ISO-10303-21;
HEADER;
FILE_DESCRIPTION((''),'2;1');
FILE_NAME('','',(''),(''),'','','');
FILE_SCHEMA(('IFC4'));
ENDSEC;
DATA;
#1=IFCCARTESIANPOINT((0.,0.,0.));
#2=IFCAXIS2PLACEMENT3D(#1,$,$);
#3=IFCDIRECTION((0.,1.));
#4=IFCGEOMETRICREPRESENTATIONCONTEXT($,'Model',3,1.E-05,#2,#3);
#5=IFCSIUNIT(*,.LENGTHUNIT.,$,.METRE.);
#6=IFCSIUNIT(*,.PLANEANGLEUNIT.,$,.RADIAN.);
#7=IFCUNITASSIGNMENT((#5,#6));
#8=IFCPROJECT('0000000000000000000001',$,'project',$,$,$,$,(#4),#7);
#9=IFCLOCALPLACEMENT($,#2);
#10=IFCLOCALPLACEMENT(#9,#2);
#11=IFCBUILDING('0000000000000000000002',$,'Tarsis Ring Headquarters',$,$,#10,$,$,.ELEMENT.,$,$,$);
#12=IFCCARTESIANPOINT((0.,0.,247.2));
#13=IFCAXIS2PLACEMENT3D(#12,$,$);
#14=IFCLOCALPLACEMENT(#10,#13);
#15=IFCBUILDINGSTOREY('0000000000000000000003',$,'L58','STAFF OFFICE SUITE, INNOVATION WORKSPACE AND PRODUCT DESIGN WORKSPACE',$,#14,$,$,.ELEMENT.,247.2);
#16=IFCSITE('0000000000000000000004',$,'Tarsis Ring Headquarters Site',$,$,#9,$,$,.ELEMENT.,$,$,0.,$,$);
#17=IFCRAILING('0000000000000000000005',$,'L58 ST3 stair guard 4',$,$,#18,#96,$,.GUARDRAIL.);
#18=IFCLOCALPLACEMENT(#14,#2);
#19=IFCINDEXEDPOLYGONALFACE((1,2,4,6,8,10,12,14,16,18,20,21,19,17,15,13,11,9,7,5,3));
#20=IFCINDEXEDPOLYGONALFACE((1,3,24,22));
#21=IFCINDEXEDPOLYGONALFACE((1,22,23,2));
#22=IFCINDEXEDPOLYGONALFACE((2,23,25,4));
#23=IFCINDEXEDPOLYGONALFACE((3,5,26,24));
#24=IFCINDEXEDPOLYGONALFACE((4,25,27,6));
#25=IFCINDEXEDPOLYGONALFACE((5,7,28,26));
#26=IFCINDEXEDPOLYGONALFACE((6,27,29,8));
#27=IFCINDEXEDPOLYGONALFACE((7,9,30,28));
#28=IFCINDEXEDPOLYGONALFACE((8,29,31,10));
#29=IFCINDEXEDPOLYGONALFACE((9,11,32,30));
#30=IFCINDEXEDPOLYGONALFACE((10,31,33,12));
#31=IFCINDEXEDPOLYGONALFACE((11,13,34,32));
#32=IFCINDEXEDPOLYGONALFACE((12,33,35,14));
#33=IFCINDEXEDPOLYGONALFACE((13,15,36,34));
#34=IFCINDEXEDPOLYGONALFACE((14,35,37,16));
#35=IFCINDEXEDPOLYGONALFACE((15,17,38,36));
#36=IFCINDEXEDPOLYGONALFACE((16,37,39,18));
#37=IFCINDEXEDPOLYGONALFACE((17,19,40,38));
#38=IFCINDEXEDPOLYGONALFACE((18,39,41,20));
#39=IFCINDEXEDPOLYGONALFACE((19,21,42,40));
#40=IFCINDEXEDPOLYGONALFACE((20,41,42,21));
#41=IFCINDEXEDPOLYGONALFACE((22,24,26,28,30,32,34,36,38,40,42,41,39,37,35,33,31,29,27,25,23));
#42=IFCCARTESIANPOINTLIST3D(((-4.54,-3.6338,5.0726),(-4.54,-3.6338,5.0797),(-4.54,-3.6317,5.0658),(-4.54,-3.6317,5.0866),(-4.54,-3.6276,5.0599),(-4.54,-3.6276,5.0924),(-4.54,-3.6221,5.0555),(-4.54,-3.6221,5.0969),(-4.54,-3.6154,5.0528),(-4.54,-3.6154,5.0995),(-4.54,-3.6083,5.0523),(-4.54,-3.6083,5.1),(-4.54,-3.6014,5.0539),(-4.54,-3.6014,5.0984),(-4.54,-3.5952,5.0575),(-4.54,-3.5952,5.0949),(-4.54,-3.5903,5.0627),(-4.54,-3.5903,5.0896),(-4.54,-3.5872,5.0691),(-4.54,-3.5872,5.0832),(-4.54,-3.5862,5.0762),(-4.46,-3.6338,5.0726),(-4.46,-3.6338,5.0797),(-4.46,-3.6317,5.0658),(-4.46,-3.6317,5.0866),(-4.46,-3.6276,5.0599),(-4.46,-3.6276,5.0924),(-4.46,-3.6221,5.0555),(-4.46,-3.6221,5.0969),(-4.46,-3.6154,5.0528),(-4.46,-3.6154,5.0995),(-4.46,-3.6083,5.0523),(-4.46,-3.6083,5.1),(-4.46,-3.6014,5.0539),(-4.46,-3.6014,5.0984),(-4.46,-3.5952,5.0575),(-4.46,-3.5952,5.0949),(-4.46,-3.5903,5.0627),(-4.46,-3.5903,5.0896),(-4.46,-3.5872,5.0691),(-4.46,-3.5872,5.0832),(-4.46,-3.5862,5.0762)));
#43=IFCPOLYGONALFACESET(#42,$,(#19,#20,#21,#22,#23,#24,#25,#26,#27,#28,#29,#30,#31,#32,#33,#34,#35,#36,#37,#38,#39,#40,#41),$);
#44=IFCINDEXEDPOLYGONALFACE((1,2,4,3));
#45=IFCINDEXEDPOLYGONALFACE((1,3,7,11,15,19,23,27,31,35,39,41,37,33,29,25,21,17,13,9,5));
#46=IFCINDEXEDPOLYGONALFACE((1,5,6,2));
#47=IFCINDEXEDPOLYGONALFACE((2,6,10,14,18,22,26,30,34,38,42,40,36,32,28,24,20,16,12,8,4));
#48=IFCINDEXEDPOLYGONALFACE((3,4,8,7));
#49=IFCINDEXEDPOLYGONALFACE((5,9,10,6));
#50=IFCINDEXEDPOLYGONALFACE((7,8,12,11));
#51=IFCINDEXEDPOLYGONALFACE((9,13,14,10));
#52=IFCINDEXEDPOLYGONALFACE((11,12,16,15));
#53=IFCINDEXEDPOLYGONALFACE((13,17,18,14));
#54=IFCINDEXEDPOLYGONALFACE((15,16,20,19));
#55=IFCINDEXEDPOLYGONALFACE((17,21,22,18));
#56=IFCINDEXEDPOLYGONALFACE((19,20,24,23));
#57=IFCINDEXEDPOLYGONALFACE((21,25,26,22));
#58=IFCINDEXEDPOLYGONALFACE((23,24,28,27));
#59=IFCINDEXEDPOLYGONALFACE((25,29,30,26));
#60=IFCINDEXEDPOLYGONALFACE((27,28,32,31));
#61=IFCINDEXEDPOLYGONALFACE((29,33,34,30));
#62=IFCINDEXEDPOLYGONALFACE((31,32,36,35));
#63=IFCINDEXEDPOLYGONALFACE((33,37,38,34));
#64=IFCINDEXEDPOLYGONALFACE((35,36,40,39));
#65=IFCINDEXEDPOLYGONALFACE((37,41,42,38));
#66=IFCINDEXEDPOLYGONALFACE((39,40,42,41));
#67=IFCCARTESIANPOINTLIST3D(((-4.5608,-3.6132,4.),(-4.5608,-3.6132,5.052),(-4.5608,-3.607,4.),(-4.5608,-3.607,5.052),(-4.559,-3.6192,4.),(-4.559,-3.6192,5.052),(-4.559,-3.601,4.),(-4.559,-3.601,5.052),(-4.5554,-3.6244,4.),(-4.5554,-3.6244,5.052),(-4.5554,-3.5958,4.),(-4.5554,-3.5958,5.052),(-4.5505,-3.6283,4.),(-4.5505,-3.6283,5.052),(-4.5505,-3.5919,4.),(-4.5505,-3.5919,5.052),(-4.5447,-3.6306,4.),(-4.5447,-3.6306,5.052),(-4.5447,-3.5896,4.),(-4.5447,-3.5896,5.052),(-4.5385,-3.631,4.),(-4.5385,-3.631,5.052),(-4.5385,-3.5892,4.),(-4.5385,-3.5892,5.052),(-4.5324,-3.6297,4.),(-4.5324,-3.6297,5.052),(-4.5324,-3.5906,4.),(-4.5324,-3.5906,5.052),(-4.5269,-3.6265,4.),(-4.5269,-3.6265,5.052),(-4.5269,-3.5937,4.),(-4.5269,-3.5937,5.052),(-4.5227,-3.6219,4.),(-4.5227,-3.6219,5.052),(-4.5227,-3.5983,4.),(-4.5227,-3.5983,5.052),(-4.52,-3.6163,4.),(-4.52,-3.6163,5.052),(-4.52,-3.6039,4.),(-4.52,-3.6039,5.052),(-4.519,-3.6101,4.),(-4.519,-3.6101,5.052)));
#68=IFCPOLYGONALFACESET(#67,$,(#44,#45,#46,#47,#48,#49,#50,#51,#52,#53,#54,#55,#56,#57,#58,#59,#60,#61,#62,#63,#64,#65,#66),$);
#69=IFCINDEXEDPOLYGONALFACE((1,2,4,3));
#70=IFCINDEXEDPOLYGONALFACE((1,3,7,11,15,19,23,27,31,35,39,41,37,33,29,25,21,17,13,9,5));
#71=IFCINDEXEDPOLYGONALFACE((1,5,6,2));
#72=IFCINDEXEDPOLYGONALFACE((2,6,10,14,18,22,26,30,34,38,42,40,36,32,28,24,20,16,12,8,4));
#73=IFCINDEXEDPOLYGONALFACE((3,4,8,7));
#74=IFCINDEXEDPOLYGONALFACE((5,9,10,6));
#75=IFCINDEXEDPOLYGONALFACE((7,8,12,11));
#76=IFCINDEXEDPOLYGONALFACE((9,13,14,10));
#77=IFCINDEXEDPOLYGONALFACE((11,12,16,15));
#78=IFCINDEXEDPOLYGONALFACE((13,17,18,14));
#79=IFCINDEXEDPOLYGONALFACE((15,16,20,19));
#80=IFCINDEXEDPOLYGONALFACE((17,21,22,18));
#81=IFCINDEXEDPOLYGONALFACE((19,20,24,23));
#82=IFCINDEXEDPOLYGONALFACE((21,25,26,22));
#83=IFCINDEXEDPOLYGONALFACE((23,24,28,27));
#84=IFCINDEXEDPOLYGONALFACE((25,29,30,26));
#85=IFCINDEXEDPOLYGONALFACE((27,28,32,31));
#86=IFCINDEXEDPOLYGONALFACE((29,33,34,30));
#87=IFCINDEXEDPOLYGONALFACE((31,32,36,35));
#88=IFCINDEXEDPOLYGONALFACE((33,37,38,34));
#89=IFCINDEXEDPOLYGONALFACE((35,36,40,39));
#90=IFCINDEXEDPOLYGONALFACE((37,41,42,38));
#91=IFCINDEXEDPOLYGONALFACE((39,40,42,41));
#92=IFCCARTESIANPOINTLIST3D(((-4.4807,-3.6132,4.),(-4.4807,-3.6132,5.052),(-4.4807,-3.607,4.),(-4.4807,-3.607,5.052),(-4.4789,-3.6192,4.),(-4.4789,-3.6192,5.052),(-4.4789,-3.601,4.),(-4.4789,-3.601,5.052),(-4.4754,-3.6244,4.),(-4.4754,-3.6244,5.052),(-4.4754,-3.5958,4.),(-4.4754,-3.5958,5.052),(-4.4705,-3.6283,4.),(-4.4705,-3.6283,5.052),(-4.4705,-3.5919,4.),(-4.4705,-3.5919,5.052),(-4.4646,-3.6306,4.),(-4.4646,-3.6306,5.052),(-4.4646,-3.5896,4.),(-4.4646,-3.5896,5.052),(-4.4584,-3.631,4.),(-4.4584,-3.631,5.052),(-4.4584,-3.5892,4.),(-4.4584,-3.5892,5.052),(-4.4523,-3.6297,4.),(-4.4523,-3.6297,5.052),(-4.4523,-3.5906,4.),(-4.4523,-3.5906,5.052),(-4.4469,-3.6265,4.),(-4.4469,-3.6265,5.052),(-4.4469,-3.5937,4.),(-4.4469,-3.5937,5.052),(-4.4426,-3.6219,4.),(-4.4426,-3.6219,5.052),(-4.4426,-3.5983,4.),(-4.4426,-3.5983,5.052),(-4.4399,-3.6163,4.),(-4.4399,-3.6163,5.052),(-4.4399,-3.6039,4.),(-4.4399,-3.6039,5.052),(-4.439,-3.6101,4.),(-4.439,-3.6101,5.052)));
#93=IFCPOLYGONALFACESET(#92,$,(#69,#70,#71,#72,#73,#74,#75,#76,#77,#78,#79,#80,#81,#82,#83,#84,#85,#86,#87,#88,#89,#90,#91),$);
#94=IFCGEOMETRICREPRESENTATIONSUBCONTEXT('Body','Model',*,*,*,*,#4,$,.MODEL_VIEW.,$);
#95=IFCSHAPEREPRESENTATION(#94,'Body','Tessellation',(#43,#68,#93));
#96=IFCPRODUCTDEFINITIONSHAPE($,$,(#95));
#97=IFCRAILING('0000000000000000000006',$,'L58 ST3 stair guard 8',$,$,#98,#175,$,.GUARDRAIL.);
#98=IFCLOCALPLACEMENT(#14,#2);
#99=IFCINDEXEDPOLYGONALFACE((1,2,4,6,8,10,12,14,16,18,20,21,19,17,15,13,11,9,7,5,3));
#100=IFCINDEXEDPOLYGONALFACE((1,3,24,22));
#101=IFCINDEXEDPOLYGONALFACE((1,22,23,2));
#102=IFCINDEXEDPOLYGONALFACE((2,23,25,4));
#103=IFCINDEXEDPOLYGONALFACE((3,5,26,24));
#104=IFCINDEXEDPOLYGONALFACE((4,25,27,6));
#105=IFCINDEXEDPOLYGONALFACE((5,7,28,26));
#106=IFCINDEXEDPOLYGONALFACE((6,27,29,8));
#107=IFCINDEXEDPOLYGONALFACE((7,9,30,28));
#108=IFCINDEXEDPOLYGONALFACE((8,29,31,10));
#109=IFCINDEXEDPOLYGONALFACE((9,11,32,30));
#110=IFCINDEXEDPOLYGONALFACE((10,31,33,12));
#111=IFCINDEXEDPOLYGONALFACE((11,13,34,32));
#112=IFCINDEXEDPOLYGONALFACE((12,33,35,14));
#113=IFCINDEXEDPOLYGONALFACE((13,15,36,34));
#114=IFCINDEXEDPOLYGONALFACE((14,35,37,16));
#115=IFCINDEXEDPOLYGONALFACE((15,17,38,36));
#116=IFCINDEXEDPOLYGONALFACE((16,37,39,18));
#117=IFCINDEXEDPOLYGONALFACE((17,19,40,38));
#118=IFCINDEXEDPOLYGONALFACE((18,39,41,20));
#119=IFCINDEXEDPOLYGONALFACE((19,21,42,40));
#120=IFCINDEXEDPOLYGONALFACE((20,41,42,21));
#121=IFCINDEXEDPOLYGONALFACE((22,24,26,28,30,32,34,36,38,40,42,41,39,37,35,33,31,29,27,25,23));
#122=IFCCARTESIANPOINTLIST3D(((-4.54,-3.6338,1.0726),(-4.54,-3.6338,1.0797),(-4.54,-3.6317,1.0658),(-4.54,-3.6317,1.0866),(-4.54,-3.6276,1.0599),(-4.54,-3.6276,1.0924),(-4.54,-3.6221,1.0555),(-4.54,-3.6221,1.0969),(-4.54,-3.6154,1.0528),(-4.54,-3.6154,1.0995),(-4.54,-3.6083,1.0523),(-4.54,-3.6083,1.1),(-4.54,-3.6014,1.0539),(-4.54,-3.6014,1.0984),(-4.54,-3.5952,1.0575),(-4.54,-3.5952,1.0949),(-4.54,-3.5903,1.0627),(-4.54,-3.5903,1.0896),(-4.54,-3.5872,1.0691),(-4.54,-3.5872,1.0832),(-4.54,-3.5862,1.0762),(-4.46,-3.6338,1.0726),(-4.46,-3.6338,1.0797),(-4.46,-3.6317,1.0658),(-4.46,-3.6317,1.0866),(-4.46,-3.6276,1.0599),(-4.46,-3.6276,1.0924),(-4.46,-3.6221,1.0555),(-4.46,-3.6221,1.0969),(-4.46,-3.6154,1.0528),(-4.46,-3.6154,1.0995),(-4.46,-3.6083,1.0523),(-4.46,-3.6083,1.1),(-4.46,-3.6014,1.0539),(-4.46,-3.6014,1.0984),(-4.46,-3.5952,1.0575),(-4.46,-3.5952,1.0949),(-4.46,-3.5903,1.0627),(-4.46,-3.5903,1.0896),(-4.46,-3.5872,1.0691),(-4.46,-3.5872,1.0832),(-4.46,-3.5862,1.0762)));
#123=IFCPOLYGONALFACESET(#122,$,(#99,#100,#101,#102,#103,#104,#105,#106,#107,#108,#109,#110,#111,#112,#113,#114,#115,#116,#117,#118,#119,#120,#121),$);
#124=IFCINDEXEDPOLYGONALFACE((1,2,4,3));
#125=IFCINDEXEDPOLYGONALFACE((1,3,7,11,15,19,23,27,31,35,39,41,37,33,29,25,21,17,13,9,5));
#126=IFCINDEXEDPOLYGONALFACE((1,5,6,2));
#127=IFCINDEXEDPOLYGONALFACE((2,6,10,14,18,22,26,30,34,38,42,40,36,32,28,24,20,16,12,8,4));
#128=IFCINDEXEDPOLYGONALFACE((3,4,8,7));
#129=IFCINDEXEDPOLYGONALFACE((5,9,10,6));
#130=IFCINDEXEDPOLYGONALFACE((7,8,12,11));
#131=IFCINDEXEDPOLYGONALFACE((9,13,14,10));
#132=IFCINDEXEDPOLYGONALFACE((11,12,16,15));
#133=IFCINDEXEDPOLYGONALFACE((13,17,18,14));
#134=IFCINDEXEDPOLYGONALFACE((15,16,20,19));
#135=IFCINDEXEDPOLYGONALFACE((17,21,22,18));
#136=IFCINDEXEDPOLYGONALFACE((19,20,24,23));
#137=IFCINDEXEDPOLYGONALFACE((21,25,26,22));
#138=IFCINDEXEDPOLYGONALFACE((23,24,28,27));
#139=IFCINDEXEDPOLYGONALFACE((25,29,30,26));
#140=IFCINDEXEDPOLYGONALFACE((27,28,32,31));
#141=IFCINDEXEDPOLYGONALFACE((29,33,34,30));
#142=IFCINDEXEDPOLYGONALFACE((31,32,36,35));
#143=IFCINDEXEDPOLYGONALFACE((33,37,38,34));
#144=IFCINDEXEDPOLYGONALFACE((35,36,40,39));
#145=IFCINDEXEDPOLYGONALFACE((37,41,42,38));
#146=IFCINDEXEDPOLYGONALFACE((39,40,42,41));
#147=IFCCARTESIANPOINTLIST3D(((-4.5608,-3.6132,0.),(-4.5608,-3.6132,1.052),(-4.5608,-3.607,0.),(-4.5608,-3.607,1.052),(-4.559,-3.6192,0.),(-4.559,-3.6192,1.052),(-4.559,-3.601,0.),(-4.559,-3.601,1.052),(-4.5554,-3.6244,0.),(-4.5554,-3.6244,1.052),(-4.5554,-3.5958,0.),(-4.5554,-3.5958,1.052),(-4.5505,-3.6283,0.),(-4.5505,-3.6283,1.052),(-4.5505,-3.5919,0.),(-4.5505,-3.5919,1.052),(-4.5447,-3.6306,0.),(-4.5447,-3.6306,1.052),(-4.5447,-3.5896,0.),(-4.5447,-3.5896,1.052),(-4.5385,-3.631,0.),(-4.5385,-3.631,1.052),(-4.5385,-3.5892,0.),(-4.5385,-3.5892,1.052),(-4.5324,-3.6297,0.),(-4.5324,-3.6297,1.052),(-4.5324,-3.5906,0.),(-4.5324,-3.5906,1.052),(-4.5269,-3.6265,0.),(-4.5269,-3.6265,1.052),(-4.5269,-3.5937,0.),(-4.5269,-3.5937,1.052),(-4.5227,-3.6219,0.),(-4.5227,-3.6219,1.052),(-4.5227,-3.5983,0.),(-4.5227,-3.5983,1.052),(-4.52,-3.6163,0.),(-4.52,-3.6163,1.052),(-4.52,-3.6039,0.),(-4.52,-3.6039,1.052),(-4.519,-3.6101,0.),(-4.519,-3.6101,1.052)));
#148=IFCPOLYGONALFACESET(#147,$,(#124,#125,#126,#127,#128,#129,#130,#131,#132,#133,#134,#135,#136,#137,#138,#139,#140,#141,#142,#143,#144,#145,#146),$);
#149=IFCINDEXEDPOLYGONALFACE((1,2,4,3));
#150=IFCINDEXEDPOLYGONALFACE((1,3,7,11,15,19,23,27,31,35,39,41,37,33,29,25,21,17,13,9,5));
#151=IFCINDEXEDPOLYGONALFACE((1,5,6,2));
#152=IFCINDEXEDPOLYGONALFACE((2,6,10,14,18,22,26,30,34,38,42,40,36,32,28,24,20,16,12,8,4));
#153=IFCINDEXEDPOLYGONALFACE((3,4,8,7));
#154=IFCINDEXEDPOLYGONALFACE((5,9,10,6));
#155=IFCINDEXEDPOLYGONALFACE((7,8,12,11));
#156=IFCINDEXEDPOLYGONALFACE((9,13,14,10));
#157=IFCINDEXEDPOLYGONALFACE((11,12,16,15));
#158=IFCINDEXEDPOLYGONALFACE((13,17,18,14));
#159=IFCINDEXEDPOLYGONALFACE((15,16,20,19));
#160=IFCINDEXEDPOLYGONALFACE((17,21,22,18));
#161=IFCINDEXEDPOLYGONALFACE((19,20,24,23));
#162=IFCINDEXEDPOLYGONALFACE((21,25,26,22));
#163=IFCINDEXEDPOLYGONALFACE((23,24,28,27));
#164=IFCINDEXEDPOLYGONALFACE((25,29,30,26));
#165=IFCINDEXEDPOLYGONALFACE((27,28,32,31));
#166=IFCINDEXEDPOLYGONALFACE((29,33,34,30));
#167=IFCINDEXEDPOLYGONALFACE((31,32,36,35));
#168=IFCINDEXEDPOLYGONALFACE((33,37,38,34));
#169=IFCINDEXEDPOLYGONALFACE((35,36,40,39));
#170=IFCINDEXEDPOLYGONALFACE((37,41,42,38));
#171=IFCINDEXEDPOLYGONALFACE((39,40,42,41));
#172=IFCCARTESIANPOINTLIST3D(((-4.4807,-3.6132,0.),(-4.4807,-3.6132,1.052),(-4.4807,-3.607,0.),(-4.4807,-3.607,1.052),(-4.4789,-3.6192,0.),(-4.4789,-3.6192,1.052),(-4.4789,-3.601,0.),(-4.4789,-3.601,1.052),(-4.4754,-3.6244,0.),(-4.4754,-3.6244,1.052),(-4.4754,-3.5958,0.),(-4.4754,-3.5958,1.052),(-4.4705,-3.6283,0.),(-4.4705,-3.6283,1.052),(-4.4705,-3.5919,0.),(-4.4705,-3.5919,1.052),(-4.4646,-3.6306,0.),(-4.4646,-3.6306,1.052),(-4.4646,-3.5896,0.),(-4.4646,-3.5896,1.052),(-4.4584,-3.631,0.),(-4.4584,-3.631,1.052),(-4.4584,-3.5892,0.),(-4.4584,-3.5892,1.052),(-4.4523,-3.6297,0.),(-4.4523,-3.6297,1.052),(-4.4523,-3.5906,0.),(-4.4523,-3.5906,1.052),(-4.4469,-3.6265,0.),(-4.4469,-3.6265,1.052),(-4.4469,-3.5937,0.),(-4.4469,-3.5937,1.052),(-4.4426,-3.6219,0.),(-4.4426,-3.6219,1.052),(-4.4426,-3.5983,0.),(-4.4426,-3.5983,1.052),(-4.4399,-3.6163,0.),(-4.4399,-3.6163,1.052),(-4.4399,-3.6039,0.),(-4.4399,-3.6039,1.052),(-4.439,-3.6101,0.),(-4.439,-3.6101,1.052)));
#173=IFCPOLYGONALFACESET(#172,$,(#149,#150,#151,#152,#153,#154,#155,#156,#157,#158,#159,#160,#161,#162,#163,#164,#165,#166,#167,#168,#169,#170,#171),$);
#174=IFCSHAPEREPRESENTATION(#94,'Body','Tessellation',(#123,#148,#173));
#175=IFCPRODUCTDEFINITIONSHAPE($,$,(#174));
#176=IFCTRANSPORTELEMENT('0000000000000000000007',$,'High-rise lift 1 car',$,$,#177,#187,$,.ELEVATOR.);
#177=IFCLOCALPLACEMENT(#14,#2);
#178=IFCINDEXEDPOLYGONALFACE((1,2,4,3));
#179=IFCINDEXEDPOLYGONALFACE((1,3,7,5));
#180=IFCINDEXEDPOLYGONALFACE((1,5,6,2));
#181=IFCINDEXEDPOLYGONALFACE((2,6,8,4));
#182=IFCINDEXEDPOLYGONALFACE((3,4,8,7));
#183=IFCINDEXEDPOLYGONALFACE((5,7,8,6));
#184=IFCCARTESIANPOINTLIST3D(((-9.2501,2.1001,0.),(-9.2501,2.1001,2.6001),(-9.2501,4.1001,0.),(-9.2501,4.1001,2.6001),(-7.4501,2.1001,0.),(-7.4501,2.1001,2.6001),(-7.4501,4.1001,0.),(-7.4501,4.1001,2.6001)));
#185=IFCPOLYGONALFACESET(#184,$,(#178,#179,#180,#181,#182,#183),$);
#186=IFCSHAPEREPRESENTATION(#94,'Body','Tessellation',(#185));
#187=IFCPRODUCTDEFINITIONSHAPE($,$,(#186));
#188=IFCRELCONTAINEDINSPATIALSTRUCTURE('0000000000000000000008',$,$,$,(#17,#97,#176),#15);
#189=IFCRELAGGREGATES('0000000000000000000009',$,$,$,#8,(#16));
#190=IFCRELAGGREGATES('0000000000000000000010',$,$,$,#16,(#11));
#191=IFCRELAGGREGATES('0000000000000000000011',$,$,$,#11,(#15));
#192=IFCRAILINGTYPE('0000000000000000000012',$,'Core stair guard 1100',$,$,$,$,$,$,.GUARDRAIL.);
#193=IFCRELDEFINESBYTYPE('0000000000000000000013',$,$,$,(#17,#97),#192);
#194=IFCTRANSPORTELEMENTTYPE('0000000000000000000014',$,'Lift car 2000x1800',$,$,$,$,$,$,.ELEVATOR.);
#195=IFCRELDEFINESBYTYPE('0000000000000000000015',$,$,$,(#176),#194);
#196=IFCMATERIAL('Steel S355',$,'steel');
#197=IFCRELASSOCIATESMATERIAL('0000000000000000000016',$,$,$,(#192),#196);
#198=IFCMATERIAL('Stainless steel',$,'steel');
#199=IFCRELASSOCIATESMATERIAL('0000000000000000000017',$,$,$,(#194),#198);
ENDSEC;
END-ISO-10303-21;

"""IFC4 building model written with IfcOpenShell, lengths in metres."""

from ifc_helpers import new_model, si_unit, direction, frame, origin, origin_2d, place, context, subcontext, project, spatial, rectangle, circle, extrude, material, type_object, element, save


model = new_model("IFC4")

# Units and contexts
model_context = context("Model", 3, precision=1e-05, world=origin(), true_north=direction((0.0, 1.0)))
body_context = subcontext(model_context, "Body", "Model", "MODEL_VIEW")
ifc_project = project(units=[si_unit("LENGTHUNIT", "METRE"), si_unit("PLANEANGLEUNIT", "RADIAN")], contexts=[model_context])

# Site, building, storey
site_placement = place(None, origin())
site = spatial("IfcSite", under=ifc_project, at=site_placement, Name="Tarsis Ring Headquarters Site", CompositionType="ELEMENT", RefElevation=0.0)
building_placement = place(site_placement, origin())
building = spatial("IfcBuilding", under=site, at=building_placement, Name="Tarsis Ring Headquarters", CompositionType="ELEMENT")
storey_placement = place(building_placement, frame((0.0, 0.0, 247.2)))
storey = spatial("IfcBuildingStorey", under=building, at=storey_placement, Name="L58", Description="STAFF OFFICE SUITE, INNOVATION WORKSPACE AND PRODUCT DESIGN WORKSPACE", CompositionType="ELEMENT", Elevation=247.2)

# Shared definitions
ifc_material_1 = material(Name="Steel S355", Category="steel")

# Railings
railing_type = type_object("IfcRailingType", Name="Core stair guard 1100", PredefinedType="GUARDRAIL", material=ifc_material_1)
for number, where, name in (
    (1, (-4.54, -3.6101, 4.0), "L58 ST3 stair guard 4"),
    (2, (-4.54, -3.6101, 0.0), "L58 ST3 stair guard 8"),
):
    element("IfcRailing", number, at=place(storey_placement, frame(where)), inside=storey, type_object=railing_type, Name=name, PredefinedType="GUARDRAIL", context=body_context, shape_type="SweptSolid", body=[
        extrude(circle(Radius=0.0239, at=origin_2d()), frame((0.0, 0.0, 1.0762), z_axis=(1.0, 0.0, 0.0), x_axis=(0.0, 1.0, 0.0)), (0.0, 0.0, 1.0), 0.0801),
        extrude(circle(Radius=0.021, at=origin_2d()), origin(), (0.0, 0.0, 1.0), 1.052),
        extrude(circle(Radius=0.021, at=origin_2d()), frame((0.0801, 0.0, 0.0)), (0.0, 0.0, 1.0), 1.052),
    ])

# Transport element
ifc_material_2 = material(Name="Stainless steel", Category="steel")
transport_element_type = type_object("IfcTransportElementType", Name="Lift car 2000x1800", PredefinedType="ELEVATOR", material=ifc_material_2)
transport_element_placement = place(storey_placement, frame((-8.3501, 3.1001, 0.0), z_axis=(0.0, 0.0, 1.0), x_axis=(1.0, 0.0, 0.0)))
element("IfcTransportElement", 3, at=transport_element_placement, inside=storey, type_object=transport_element_type, Name="High-rise lift 1 car", PredefinedType="ELEVATOR", context=body_context, shape_type="SweptSolid", body=[
    extrude(rectangle(XDim=1.8, YDim=2.0, at=origin_2d()), origin(), (0.0, 0.0, 1.0), 2.6001),
])

save(model, "model.ifc")
